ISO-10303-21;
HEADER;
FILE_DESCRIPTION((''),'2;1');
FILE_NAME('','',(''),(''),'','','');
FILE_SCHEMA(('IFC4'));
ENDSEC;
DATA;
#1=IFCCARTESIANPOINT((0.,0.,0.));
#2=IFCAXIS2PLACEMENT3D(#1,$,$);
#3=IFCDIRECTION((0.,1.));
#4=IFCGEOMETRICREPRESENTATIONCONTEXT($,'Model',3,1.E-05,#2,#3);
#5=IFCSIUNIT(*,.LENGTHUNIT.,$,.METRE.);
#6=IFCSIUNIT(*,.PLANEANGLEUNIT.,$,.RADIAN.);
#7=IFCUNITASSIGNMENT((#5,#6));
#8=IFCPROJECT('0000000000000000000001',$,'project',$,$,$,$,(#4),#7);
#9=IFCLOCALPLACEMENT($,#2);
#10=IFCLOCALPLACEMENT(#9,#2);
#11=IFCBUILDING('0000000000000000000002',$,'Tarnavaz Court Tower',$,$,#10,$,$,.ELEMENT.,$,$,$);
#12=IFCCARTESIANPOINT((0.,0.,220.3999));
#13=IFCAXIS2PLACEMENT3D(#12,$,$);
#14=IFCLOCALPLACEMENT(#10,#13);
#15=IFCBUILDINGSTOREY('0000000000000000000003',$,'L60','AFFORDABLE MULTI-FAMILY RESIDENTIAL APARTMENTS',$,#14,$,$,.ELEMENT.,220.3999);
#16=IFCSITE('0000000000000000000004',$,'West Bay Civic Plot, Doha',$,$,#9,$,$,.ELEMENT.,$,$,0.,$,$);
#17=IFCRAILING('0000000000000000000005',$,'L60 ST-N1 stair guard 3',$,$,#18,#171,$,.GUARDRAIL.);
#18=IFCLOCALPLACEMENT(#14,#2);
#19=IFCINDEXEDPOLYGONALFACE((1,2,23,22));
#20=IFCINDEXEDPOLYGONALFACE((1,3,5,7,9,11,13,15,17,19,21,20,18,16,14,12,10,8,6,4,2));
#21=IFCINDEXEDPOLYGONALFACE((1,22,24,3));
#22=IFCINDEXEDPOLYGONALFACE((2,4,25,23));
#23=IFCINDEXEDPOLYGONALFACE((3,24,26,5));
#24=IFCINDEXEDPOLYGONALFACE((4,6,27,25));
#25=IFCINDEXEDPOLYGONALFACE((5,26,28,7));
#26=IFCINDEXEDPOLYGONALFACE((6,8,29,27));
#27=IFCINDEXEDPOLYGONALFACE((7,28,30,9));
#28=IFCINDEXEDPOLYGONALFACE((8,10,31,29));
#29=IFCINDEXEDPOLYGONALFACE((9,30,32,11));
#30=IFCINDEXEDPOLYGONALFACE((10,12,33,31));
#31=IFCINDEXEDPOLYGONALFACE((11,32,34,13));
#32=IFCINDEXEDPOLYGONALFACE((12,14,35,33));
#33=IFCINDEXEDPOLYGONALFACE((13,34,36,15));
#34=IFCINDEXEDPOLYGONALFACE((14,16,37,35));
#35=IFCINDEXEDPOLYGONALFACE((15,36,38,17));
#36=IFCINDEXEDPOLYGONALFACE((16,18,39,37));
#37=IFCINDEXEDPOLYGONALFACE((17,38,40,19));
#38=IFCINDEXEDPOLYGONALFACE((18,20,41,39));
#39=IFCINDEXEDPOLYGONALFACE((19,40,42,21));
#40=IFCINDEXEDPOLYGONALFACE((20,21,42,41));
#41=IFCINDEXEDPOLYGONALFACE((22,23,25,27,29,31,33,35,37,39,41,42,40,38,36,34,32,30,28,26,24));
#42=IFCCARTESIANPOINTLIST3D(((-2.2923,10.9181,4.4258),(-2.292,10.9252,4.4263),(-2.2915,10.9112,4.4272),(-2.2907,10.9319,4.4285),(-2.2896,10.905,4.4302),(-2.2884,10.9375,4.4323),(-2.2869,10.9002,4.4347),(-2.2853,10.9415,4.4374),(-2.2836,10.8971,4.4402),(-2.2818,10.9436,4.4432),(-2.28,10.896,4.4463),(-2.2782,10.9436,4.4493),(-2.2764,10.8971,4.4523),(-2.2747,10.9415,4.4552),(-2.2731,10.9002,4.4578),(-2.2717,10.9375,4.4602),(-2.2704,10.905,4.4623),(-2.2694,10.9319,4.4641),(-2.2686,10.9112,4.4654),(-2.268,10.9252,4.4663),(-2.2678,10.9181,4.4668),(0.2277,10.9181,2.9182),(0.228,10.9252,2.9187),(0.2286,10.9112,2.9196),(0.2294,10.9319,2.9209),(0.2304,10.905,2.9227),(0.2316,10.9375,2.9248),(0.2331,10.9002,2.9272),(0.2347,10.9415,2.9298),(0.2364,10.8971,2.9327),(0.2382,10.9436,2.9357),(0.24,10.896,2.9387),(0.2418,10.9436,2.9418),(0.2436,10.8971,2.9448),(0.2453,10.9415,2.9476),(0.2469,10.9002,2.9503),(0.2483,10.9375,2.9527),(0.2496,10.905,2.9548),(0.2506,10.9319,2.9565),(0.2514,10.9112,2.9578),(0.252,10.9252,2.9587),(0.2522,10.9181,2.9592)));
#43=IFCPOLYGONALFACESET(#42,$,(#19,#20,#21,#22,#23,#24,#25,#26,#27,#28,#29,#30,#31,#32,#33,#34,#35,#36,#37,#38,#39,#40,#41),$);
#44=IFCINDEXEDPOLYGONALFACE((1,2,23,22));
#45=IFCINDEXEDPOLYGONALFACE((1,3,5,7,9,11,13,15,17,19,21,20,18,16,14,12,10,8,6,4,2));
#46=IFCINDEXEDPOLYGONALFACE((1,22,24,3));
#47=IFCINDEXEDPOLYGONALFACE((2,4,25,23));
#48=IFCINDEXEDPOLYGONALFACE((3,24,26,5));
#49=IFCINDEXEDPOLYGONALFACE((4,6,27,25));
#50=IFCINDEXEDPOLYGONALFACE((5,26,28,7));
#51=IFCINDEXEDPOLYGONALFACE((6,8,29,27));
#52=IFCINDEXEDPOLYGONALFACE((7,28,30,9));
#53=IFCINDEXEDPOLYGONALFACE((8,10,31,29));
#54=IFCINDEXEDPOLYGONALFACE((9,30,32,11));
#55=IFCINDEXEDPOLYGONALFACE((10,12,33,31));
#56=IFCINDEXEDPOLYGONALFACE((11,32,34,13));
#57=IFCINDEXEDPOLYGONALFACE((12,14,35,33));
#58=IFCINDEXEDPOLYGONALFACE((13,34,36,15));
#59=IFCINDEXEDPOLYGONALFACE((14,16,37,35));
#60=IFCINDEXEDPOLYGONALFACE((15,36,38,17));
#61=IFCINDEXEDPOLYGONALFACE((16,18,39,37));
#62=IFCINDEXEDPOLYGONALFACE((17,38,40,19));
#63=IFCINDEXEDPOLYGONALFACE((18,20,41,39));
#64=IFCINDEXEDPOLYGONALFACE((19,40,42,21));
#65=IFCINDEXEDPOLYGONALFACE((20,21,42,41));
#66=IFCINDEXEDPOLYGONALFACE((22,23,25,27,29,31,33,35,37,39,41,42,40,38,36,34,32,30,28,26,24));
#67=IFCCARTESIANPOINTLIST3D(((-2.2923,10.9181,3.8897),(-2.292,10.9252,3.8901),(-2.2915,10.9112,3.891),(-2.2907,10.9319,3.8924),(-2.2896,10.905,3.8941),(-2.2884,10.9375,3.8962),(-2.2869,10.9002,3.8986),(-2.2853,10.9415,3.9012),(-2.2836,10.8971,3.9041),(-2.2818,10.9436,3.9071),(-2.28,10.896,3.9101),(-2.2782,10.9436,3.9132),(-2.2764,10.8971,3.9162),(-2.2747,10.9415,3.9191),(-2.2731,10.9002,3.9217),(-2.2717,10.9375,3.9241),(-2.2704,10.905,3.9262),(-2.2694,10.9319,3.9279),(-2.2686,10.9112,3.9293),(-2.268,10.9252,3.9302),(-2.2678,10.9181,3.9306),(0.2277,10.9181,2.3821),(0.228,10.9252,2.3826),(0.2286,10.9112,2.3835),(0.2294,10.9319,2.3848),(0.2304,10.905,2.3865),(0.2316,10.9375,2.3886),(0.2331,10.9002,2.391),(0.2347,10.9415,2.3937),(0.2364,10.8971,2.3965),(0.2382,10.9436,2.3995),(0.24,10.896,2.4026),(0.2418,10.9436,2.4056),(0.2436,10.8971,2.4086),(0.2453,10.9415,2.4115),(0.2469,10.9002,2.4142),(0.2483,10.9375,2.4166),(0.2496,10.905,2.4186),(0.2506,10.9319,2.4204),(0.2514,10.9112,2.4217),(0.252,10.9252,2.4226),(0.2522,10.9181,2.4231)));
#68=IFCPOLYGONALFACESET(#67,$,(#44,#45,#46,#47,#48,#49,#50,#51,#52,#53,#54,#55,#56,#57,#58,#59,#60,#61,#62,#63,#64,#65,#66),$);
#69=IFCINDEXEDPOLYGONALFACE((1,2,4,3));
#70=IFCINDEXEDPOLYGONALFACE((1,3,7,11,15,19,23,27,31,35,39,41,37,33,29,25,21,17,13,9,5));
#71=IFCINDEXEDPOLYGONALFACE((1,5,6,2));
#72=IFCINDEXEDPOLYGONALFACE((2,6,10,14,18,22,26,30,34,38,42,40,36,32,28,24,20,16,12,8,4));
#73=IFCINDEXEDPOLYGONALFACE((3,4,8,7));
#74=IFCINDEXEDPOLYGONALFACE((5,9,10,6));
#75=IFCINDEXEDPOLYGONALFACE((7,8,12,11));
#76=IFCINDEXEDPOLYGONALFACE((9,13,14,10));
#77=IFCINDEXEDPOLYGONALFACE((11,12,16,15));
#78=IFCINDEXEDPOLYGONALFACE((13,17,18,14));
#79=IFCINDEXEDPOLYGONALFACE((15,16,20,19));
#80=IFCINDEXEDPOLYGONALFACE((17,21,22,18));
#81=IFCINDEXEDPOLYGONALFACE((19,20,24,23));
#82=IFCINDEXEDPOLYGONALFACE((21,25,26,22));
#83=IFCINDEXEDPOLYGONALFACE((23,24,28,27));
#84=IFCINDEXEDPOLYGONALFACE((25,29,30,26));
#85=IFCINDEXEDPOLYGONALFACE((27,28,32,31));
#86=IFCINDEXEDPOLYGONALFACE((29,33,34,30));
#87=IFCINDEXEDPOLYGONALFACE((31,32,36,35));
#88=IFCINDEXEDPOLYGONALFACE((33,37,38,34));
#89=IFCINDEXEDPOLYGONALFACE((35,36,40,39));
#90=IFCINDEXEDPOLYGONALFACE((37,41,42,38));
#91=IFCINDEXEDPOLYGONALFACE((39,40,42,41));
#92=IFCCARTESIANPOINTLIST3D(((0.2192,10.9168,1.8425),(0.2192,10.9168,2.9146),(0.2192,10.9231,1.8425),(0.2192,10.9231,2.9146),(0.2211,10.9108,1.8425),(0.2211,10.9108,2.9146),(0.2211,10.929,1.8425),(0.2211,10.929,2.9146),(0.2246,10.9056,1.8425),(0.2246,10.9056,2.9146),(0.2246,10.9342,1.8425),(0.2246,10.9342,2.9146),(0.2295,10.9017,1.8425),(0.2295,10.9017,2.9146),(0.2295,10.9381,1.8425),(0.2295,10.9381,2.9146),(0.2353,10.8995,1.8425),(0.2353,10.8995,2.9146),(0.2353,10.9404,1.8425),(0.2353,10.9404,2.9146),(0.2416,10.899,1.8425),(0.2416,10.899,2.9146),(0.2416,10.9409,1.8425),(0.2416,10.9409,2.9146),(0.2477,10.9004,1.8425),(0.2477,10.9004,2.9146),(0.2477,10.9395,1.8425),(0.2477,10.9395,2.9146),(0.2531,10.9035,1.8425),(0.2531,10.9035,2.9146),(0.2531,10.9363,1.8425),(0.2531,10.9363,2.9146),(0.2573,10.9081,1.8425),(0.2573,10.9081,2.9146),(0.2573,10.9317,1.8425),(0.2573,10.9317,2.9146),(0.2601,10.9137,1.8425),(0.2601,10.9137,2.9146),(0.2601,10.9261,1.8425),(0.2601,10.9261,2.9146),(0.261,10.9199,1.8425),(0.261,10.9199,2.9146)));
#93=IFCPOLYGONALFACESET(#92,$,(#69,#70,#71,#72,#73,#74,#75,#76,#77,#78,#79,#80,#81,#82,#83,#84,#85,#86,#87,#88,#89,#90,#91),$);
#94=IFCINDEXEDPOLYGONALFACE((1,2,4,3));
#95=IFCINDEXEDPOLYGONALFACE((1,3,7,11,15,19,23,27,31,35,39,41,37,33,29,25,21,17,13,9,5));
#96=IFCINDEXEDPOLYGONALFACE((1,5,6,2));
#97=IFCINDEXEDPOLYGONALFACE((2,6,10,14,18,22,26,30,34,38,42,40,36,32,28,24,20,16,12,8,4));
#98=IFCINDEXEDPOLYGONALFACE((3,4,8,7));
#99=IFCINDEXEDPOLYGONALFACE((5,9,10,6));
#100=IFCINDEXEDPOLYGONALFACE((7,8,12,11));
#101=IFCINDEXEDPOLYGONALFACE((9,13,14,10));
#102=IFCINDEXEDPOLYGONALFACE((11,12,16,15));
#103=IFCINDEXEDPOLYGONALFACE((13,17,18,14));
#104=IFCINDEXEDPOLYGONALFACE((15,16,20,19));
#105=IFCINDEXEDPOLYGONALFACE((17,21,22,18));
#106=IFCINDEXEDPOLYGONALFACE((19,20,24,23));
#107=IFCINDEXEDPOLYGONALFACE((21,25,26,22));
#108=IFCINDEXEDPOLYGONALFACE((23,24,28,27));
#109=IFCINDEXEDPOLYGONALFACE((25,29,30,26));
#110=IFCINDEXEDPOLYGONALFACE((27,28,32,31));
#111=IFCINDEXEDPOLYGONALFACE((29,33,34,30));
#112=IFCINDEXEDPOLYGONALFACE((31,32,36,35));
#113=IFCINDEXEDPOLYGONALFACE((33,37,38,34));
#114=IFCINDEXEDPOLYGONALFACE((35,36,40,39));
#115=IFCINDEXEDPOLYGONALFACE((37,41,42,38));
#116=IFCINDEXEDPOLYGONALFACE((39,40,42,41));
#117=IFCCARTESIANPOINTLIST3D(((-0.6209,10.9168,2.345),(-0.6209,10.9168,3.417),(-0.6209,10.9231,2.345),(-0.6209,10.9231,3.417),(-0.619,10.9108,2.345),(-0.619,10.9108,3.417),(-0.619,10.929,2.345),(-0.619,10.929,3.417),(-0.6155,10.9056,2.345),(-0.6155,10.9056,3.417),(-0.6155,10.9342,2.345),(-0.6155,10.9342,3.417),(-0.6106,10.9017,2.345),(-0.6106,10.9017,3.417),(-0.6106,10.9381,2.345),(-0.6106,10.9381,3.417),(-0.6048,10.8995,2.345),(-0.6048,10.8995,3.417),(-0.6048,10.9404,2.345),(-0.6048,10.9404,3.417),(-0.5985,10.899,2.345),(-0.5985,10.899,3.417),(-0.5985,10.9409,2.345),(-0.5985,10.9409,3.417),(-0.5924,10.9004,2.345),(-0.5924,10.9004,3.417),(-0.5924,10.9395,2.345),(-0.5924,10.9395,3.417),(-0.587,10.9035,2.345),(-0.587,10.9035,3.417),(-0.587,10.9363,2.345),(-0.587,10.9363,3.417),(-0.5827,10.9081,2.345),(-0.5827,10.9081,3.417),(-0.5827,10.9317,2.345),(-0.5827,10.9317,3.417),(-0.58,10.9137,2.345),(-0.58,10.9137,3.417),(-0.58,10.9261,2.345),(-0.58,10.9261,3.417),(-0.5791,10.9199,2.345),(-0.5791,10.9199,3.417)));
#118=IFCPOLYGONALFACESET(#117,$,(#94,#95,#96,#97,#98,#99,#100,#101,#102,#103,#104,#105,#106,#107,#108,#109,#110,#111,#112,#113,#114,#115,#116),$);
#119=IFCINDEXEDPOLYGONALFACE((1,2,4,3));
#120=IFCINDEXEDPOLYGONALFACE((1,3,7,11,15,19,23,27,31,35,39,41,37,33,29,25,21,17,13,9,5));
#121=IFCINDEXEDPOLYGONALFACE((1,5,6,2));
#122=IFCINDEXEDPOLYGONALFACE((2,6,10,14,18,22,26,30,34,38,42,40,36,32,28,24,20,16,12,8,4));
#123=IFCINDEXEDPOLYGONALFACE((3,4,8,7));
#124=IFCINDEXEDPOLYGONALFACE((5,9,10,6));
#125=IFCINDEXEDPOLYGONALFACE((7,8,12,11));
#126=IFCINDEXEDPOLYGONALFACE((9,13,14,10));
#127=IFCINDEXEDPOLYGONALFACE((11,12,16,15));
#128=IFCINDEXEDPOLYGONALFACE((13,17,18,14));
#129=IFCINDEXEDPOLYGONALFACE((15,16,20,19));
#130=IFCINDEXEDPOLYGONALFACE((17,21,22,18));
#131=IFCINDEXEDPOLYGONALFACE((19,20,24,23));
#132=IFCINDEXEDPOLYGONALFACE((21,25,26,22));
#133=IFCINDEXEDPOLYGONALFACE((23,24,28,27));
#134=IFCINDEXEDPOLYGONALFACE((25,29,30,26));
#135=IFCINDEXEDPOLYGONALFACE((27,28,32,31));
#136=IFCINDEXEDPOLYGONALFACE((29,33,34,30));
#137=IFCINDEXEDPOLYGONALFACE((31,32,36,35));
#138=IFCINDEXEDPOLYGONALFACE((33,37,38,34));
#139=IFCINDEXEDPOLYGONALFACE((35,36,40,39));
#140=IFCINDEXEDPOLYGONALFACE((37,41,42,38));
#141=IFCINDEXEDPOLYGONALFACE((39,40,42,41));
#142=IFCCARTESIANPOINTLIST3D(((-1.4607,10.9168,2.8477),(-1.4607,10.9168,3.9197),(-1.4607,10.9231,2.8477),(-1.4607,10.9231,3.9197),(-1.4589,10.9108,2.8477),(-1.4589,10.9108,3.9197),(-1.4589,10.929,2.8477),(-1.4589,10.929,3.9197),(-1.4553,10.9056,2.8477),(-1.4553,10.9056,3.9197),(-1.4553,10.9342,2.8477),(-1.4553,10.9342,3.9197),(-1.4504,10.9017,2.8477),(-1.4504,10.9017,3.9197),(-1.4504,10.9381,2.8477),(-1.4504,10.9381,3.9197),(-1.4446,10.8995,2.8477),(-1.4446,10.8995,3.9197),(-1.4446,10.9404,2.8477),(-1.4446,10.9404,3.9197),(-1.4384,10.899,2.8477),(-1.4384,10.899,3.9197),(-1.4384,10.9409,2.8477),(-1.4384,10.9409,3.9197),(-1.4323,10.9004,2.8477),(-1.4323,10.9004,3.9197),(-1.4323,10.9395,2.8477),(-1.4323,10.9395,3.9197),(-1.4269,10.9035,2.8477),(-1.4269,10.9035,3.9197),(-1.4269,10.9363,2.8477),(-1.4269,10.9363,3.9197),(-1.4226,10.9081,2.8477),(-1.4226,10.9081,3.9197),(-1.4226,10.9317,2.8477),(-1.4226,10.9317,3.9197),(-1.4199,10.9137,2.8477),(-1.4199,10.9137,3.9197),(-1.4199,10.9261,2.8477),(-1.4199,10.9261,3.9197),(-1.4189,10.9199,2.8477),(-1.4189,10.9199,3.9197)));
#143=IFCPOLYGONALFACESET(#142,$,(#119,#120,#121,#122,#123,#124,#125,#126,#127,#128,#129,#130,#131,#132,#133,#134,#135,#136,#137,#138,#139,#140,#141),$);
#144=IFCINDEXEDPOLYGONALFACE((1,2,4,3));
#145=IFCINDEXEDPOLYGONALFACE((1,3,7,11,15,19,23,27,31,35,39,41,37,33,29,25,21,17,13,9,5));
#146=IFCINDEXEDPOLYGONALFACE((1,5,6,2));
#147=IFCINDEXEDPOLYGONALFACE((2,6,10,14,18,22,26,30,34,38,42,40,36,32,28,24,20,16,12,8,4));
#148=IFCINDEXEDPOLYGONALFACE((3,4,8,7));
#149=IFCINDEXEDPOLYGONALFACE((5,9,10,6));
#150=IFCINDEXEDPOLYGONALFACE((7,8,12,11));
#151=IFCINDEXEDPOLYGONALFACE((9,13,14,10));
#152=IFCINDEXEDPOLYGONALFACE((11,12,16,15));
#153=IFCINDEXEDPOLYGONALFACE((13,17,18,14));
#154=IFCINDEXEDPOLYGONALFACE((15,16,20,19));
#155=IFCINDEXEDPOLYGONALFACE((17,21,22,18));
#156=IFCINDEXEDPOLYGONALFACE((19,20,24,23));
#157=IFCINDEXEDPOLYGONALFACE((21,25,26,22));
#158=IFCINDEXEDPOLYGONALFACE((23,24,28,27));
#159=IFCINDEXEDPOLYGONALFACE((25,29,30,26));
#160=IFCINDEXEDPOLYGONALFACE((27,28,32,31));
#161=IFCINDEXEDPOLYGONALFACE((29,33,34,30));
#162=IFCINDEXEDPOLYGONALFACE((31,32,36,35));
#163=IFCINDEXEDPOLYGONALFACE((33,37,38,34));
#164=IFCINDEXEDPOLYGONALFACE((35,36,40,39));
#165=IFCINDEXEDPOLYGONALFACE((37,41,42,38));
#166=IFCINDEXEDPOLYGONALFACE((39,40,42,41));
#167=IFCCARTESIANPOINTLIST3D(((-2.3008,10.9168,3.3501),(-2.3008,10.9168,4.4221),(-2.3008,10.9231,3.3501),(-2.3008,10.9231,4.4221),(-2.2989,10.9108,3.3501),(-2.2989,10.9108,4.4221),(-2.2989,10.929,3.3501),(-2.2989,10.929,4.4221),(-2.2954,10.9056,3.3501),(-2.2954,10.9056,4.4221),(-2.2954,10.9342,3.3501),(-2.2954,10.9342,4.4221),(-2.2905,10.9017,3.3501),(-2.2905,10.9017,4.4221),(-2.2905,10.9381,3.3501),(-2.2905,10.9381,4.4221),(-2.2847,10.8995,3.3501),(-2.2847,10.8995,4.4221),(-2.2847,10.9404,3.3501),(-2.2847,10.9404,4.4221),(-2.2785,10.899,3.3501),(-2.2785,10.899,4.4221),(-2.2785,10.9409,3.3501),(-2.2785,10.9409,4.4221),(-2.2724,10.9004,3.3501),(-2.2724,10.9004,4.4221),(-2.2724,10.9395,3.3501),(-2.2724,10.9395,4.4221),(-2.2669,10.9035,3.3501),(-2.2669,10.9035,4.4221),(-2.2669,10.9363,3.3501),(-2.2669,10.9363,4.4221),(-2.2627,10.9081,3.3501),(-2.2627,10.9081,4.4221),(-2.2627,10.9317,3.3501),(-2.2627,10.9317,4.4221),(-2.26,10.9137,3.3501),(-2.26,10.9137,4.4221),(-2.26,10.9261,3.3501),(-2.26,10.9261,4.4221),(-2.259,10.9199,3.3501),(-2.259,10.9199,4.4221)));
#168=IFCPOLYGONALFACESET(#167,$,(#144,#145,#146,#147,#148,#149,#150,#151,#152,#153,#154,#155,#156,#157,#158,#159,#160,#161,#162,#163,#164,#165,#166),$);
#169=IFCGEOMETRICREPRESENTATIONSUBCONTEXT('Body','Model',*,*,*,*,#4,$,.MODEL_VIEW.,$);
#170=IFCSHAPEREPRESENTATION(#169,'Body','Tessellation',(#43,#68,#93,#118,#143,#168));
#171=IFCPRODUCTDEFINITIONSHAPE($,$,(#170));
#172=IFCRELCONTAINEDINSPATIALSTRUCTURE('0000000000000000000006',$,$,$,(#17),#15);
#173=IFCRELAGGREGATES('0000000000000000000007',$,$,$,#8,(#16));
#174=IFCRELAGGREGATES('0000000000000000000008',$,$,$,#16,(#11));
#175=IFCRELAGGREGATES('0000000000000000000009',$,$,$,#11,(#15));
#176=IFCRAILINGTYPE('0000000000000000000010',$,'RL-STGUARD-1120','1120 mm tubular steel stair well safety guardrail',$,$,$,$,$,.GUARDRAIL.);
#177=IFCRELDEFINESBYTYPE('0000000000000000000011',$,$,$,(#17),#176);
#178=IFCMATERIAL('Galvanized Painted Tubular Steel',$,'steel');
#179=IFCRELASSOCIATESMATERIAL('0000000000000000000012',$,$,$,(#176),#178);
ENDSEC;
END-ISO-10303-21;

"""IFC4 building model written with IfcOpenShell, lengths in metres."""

from ifc_helpers import new_model, si_unit, direction, frame, origin, origin_2d, place, context, subcontext, project, spatial, circle, extrude, material, type_object, element, save


model = new_model("IFC4")

# Units and contexts
model_context = context("Model", 3, precision=1e-05, world=origin(), true_north=direction((0.0, 1.0)))
body_context = subcontext(model_context, "Body", "Model", "MODEL_VIEW")
ifc_project = project(units=[si_unit("LENGTHUNIT", "METRE"), si_unit("PLANEANGLEUNIT", "RADIAN")], contexts=[model_context])

# Site, building, storey
site_placement = place(None, origin())
site = spatial("IfcSite", under=ifc_project, at=site_placement, Name="West Bay Civic Plot, Doha", CompositionType="ELEMENT", RefElevation=0.0)
building_placement = place(site_placement, origin())
building = spatial("IfcBuilding", under=site, at=building_placement, Name="Tarnavaz Court Tower", CompositionType="ELEMENT")
storey_placement = place(building_placement, frame((0.0, 0.0, 220.3999)))
storey = spatial("IfcBuildingStorey", under=building, at=storey_placement, Name="L60", Description="AFFORDABLE MULTI-FAMILY RESIDENTIAL APARTMENTS", CompositionType="ELEMENT", Elevation=220.3999)

# Railing
ifc_material_1 = material(Name="Galvanized Painted Tubular Steel", Category="steel")
railing_type_1 = type_object("IfcRailingType", Name="RL-STGUARD-1120", Description="1120 mm tubular steel stair well safety guardrail", PredefinedType="GUARDRAIL", material=ifc_material_1)
railing_1_placement = place(storey_placement, frame((0.24, 10.9199, 1.8425)))
element("IfcRailing", 1, at=railing_1_placement, inside=storey, type_object=railing_type_1, Name="L60 ST-N1 stair guard 3", PredefinedType="GUARDRAIL", context=body_context, shape_type="SweptSolid", body=[
    extrude(circle(Radius=0.0239, at=origin_2d()), frame((0.0, 0.0, 1.0962), z_axis=(-0.85816, 0.0, 0.513383), x_axis=(0.0, -1.0, 0.0)), (0.0, 0.0, 1.0), 2.9365),
    extrude(circle(Radius=0.0239, at=origin_2d()), frame((0.0, 0.0, 0.5601), z_axis=(-0.85816, 0.0, 0.513383), x_axis=(0.0, -1.0, 0.0)), (0.0, 0.0, 1.0), 2.9365),
    extrude(circle(Radius=0.021, at=origin_2d()), origin(), (0.0, 0.0, 1.0), 1.072),
    extrude(circle(Radius=0.021, at=origin_2d()), frame((-0.8401, 0.0, 0.5024)), (0.0, 0.0, 1.0), 1.072),
    extrude(circle(Radius=0.021, at=origin_2d()), frame((-1.6799, 0.0, 1.0051)), (0.0, 0.0, 1.0), 1.072),
    extrude(circle(Radius=0.021, at=origin_2d()), frame((-2.52, 0.0, 1.5076)), (0.0, 0.0, 1.0), 1.072),
])

save(model, "model.ifc")
